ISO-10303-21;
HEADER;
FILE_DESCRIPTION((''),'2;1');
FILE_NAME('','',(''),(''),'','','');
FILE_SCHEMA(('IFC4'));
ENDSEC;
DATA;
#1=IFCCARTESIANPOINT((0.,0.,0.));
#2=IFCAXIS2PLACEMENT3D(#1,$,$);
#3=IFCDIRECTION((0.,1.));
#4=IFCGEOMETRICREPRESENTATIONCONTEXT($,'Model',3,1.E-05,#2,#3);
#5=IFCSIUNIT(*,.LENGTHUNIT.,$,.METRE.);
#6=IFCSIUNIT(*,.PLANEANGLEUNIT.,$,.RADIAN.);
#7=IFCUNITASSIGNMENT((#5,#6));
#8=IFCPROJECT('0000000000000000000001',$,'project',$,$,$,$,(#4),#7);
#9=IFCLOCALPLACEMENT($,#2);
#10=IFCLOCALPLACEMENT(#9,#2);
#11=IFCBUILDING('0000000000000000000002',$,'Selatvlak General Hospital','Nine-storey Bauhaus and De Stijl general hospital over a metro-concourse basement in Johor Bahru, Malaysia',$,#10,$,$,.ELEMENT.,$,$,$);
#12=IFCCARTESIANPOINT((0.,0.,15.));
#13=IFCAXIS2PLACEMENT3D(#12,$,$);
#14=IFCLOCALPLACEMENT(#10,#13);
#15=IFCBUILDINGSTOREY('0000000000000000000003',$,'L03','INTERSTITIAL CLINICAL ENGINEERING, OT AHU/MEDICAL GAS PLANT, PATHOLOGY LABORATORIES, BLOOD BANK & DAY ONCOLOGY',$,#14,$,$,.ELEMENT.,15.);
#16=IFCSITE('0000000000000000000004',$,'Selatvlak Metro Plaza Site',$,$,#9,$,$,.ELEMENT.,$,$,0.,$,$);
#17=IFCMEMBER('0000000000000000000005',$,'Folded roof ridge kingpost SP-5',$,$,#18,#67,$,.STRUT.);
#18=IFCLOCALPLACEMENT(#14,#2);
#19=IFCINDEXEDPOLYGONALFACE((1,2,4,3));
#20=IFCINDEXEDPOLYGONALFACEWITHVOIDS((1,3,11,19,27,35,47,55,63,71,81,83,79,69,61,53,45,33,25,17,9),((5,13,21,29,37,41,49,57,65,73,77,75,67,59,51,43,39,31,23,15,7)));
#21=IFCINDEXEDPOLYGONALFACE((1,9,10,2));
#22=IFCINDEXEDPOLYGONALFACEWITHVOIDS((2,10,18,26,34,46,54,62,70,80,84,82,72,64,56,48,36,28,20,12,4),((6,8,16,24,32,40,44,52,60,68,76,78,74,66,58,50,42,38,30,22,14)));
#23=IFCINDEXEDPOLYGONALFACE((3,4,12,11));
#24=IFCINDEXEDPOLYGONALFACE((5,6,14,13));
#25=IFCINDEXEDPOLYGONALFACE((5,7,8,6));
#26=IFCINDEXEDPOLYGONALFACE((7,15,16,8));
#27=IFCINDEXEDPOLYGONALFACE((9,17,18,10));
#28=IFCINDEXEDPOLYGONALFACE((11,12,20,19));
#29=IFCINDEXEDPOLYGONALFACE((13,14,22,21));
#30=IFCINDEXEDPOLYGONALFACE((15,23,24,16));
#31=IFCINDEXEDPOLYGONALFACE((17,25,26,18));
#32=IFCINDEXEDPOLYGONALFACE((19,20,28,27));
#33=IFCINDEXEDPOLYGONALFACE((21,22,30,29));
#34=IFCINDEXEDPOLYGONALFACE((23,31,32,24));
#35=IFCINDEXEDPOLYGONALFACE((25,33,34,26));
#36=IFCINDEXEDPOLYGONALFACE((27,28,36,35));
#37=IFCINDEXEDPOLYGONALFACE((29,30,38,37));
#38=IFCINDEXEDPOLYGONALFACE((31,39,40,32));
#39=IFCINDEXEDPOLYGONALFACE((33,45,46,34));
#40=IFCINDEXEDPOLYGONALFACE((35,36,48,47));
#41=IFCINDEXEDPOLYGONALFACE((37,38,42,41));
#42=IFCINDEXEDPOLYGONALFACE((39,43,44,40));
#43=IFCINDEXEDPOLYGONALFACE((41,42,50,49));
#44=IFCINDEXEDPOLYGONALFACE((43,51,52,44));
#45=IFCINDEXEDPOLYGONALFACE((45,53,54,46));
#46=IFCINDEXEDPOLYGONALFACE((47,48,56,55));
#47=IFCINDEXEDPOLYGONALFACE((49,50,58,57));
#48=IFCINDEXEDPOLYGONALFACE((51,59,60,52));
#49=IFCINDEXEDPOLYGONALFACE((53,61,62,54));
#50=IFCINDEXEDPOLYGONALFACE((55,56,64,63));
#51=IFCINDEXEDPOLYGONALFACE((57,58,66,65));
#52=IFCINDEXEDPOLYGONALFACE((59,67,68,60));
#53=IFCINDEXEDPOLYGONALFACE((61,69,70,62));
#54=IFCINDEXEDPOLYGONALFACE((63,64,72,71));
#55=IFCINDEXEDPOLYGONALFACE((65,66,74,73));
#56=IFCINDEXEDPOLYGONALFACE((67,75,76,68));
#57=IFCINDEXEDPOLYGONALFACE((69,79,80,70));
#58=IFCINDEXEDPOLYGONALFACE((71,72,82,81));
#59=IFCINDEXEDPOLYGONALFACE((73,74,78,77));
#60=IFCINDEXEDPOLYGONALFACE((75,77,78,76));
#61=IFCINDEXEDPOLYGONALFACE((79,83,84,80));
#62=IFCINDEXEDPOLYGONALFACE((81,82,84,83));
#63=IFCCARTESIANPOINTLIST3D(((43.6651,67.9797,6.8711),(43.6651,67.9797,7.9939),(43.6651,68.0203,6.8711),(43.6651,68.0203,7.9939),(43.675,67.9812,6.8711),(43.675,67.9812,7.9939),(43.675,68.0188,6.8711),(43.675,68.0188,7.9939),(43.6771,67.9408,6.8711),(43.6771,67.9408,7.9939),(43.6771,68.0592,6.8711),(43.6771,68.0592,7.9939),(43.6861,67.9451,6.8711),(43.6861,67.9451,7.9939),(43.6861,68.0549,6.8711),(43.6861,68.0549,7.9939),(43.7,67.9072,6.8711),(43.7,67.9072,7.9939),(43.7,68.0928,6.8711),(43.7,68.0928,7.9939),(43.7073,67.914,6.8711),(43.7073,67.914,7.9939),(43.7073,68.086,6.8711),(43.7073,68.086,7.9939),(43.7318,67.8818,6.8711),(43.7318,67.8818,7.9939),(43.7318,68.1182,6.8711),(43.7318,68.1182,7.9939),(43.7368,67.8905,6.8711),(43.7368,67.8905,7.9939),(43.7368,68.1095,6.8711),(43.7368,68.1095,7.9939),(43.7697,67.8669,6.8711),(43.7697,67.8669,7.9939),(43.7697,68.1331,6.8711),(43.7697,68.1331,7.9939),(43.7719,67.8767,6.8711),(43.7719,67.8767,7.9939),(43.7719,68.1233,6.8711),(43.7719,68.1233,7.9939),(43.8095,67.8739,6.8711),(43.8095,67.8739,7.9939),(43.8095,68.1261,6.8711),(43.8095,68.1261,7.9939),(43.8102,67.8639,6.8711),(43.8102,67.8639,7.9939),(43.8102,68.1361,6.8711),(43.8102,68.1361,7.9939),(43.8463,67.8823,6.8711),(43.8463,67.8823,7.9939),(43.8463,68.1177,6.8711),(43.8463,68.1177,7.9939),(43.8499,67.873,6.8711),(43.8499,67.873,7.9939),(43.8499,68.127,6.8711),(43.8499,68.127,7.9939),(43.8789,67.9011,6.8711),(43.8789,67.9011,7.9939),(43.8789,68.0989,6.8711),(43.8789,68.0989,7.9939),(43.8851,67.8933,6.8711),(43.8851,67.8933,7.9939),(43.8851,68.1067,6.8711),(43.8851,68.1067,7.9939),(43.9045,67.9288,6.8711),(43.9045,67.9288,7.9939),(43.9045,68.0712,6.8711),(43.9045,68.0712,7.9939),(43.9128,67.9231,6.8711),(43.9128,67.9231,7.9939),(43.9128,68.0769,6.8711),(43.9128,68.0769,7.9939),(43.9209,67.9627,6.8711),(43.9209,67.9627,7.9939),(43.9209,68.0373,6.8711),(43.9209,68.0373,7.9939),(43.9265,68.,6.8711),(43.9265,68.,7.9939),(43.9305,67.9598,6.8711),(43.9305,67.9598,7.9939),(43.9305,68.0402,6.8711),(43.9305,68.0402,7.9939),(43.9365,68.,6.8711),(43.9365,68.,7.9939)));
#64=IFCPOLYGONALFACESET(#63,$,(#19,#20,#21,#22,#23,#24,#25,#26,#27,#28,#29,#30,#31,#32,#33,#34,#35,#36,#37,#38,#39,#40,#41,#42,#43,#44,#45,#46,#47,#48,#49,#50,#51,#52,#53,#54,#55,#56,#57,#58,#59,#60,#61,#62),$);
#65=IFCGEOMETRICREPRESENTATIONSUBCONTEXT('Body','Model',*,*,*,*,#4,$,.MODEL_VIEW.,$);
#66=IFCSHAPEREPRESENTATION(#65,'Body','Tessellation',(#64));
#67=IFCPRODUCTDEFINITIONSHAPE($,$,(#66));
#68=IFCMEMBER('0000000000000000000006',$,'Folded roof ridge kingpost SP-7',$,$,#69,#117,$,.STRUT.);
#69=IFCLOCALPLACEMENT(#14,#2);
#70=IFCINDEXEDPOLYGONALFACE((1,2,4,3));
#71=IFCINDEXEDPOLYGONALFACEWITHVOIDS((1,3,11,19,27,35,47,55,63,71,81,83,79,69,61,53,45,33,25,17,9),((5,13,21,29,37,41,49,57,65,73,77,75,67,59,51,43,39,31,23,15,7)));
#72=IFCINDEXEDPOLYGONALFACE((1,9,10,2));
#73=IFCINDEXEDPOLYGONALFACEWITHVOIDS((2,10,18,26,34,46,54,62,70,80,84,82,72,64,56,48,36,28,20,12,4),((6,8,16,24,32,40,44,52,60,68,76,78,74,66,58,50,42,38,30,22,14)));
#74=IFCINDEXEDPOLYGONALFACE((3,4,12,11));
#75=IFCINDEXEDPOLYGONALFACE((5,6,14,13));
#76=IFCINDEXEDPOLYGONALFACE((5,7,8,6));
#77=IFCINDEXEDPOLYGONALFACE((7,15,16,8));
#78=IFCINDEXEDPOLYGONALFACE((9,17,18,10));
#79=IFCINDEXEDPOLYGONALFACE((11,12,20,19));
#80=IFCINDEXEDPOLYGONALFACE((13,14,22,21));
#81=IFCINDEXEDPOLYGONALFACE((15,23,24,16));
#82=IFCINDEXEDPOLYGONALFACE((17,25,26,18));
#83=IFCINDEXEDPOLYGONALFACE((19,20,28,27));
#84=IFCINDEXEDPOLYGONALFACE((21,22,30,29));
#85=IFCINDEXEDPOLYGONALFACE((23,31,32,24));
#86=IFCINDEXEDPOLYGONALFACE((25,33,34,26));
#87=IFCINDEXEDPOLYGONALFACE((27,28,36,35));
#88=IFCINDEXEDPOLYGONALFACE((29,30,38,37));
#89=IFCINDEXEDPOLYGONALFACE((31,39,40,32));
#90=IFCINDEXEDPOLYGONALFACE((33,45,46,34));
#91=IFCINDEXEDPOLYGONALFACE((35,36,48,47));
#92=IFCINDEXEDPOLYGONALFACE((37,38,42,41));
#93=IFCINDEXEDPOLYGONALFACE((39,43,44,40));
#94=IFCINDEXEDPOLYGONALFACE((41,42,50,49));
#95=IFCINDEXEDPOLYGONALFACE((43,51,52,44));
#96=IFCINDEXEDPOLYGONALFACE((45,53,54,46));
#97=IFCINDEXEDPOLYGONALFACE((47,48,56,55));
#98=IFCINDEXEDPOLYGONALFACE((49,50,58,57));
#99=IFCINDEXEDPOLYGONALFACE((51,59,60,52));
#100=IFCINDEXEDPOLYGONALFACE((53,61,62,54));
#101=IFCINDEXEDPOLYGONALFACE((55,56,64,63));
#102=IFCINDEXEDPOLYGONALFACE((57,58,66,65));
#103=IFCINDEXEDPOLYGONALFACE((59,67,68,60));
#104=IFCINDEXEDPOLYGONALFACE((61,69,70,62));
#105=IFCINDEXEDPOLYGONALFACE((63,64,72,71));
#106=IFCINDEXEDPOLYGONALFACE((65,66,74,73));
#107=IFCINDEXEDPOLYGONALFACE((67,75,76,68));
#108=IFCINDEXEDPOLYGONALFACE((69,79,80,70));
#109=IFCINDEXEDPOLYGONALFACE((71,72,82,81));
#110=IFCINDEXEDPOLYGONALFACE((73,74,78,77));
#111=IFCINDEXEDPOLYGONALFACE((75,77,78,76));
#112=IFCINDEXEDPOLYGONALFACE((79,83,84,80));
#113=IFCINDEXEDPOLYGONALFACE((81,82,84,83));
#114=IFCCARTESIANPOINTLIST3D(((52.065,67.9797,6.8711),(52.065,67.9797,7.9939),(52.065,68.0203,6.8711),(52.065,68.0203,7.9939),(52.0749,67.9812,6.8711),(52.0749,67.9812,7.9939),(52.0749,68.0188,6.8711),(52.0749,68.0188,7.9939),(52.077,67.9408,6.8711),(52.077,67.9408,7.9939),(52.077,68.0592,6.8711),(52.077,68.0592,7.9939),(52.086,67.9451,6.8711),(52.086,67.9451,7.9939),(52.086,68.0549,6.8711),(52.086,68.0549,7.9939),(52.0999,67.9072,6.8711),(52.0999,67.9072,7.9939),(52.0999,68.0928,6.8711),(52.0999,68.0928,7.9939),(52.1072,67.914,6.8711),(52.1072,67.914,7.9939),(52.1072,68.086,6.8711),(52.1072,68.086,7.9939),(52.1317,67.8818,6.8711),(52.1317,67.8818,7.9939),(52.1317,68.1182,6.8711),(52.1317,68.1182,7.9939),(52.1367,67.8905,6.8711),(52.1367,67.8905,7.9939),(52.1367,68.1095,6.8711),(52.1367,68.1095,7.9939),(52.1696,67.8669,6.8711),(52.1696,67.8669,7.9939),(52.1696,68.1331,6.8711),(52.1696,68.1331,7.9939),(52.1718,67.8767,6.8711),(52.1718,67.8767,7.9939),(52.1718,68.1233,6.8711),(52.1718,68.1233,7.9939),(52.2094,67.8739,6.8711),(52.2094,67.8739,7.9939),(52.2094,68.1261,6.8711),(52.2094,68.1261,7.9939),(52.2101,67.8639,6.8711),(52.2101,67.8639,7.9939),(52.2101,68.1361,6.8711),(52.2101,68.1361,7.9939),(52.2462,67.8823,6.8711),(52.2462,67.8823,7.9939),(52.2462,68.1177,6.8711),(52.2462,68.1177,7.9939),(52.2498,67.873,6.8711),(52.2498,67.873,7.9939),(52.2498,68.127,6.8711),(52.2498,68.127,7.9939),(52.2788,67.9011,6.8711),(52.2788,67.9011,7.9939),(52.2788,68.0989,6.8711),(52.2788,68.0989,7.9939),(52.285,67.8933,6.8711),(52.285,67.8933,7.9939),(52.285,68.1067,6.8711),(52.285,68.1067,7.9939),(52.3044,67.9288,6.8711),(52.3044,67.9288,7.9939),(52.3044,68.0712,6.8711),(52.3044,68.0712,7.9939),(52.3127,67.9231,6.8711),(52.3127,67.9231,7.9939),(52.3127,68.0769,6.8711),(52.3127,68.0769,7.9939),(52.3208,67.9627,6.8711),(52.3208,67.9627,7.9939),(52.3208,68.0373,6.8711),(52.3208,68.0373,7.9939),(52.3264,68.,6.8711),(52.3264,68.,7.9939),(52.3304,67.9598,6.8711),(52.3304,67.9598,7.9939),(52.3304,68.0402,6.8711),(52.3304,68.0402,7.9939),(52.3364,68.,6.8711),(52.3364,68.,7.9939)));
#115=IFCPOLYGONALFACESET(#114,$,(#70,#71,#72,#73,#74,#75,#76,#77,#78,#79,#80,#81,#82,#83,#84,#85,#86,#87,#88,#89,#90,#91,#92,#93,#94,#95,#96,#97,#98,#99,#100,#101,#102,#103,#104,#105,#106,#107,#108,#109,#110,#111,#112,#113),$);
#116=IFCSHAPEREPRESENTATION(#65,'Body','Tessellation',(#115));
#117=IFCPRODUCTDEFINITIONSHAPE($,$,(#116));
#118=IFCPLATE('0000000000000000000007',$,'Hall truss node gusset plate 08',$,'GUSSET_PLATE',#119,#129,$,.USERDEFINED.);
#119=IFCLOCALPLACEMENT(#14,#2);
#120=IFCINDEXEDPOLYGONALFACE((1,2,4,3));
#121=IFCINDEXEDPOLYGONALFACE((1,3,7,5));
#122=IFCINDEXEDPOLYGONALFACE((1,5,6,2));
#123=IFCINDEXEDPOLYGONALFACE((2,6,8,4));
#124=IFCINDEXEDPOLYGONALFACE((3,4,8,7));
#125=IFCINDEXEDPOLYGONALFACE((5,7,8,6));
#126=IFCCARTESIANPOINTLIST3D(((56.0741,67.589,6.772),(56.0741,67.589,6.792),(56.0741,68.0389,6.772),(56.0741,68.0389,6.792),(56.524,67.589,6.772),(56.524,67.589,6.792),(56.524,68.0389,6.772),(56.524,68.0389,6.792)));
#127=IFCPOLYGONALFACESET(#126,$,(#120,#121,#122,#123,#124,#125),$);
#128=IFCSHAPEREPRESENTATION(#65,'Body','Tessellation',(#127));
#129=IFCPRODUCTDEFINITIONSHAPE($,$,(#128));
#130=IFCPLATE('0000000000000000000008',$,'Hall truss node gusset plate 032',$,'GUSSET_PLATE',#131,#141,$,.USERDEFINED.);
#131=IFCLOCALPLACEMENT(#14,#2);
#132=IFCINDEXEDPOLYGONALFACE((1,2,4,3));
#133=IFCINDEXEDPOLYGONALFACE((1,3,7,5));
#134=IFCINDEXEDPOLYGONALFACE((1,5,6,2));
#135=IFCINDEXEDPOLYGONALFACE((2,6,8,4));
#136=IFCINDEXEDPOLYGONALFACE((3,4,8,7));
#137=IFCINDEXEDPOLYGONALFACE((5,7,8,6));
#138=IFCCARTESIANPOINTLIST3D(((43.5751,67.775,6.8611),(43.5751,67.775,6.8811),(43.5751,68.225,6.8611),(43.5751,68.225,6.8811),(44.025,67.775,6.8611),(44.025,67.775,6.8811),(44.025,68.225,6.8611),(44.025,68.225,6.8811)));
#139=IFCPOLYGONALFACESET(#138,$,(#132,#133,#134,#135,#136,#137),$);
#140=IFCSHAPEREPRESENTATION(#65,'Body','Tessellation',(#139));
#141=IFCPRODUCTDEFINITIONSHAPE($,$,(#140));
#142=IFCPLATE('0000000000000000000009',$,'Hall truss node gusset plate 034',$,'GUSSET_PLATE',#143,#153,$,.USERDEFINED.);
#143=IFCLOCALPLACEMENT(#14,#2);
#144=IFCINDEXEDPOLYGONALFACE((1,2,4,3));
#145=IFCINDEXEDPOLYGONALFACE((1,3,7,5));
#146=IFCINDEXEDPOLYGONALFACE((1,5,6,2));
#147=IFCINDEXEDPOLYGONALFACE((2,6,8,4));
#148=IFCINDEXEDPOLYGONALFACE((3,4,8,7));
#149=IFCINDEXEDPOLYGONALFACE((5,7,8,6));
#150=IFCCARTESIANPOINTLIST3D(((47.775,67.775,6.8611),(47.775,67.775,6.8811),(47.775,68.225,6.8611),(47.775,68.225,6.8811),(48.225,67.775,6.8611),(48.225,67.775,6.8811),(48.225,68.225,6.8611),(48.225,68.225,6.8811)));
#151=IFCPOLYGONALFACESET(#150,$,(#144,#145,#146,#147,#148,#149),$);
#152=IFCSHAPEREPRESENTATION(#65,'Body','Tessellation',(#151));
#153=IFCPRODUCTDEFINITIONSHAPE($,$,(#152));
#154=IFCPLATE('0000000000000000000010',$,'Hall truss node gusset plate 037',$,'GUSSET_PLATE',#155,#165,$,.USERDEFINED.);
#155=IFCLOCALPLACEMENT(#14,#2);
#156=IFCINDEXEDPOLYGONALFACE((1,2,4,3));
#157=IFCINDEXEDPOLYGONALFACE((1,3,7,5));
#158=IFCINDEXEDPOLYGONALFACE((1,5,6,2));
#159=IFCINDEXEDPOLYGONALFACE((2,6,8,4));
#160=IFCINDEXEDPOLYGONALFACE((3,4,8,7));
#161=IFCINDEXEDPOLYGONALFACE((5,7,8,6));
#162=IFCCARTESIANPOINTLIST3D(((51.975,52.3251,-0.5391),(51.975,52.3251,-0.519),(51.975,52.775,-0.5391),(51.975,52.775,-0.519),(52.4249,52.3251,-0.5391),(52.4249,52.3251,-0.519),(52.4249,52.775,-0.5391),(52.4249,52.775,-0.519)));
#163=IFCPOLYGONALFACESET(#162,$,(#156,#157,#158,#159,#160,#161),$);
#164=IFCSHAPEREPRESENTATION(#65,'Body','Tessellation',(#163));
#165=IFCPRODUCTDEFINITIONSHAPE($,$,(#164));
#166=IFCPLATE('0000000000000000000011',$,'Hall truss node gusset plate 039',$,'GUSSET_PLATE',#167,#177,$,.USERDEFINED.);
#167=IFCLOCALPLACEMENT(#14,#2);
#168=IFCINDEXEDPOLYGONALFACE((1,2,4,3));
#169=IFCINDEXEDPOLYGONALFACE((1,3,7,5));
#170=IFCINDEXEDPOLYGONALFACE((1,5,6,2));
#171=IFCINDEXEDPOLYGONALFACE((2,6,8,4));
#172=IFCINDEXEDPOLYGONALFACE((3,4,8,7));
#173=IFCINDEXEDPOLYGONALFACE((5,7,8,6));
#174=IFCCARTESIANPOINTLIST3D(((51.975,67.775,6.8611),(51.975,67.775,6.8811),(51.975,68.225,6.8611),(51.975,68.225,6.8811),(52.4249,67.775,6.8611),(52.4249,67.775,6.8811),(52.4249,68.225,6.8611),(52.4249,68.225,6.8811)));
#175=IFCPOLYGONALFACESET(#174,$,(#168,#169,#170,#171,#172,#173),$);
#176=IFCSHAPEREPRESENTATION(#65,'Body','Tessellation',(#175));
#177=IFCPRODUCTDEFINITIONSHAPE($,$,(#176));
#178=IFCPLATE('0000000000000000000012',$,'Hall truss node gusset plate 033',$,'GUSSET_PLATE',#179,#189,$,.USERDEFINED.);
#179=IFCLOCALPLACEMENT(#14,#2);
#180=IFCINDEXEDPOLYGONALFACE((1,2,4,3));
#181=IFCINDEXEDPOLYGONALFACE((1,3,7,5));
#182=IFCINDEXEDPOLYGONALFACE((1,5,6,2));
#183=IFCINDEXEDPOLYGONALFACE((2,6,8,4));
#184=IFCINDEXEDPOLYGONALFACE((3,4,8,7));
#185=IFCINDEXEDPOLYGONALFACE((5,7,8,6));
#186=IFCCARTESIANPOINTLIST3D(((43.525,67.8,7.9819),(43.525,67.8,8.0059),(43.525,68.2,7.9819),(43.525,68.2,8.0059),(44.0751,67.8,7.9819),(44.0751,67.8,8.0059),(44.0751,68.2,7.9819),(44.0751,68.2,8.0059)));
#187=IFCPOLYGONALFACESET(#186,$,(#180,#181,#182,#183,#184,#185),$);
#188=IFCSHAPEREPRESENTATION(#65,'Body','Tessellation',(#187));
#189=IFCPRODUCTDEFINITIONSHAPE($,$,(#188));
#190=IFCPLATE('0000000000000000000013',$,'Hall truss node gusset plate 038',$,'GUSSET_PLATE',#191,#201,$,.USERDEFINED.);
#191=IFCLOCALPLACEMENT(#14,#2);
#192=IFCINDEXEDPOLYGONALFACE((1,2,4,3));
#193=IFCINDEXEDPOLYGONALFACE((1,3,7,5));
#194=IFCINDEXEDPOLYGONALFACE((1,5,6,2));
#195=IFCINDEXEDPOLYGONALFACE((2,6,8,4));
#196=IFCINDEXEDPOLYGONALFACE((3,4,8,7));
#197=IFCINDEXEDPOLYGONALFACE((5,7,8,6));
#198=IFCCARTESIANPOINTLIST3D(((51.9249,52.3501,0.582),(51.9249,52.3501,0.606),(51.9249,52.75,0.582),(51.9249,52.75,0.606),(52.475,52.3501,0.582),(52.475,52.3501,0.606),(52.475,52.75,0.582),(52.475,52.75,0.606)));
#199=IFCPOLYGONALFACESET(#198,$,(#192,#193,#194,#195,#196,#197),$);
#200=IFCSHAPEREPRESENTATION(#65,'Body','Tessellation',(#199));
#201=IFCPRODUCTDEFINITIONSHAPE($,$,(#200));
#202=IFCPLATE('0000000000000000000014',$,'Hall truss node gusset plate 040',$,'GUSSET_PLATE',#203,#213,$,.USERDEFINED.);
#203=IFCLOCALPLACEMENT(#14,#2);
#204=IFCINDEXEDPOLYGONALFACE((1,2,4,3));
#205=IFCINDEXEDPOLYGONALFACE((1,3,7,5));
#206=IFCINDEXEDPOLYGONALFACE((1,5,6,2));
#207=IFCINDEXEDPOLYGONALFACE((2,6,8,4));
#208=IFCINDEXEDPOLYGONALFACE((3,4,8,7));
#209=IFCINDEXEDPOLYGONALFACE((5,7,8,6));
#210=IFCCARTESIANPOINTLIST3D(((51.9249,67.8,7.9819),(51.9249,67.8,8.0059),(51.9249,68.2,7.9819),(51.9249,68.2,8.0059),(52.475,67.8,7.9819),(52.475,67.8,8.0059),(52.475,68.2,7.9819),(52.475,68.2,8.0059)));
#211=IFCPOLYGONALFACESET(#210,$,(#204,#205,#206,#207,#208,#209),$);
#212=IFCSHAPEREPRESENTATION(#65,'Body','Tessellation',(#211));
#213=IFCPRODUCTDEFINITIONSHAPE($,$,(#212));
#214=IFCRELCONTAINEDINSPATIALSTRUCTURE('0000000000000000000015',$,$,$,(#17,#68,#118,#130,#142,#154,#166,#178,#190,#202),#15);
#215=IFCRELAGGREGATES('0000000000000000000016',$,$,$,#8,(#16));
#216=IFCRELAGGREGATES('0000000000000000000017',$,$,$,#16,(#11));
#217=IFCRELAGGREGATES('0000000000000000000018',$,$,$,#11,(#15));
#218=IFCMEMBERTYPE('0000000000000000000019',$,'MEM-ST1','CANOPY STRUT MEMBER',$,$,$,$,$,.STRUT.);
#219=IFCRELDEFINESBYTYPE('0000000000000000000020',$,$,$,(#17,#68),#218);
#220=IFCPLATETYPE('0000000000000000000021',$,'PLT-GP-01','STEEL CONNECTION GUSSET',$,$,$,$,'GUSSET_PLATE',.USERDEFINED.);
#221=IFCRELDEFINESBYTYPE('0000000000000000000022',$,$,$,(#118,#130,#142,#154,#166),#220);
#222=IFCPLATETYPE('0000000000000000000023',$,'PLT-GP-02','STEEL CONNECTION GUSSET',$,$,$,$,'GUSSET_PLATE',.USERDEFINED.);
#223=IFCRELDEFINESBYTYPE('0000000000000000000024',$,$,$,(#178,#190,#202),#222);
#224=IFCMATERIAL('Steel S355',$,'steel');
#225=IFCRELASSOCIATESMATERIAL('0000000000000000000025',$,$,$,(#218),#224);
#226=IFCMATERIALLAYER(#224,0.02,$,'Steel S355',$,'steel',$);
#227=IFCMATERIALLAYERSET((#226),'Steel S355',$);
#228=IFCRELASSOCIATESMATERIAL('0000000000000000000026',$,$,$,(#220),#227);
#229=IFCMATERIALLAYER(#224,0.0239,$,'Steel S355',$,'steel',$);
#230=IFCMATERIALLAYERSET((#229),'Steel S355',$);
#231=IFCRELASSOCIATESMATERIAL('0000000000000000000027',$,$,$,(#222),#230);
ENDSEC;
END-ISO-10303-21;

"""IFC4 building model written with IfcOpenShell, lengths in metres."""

from ifc_helpers import new_model, si_unit, direction, frame, origin, origin_2d, place, context, subcontext, project, spatial, rectangle, hollow_circle, extrude, material, layer, layer_set, material_profile, profile_set, type_object, element, save


model = new_model("IFC4")

# Units and contexts
model_context = context("Model", 3, precision=1e-05, world=origin(), true_north=direction((0.0, 1.0)))
body_context = subcontext(model_context, "Body", "Model", "MODEL_VIEW")
ifc_project = project(units=[si_unit("LENGTHUNIT", "METRE"), si_unit("PLANEANGLEUNIT", "RADIAN")], contexts=[model_context])

# Site, building, storey
site_placement = place(None, origin())
site = spatial("IfcSite", under=ifc_project, at=site_placement, Name="Selatvlak Metro Plaza Site", CompositionType="ELEMENT", RefElevation=0.0)
building_placement = place(site_placement, origin())
building = spatial("IfcBuilding", under=site, at=building_placement, Name="Selatvlak General Hospital", Description="Nine-storey Bauhaus and De Stijl general hospital over a metro-concourse basement in Johor Bahru, Malaysia", CompositionType="ELEMENT")
storey_placement = place(building_placement, frame((0.0, 0.0, 15.0)))
storey = spatial("IfcBuildingStorey", under=building, at=storey_placement, Name="L03", Description="INTERSTITIAL CLINICAL ENGINEERING, OT AHU/MEDICAL GAS PLANT, PATHOLOGY LABORATORIES, BLOOD BANK & DAY ONCOLOGY", CompositionType="ELEMENT", Elevation=15.0)

# Shared definitions
ifc_material = material(Name="Steel S355", Category="steel")

# Members
ifc_material_profile_1 = material_profile(ifc_material, hollow_circle(Radius=0.1365, WallThickness=0.01, at=origin_2d()), Name="CHS 273.0x10")
ifc_profile_set_1 = profile_set([ifc_material_profile_1], Name="Steel S355")
member_type_1 = type_object("IfcMemberType", Name="MEM-ST1", Description="CANOPY STRUT MEMBER", PredefinedType="STRUT", material=ifc_profile_set_1)
for number, where, z_axis, x_axis, name in (
    (1, (43.8, 68.0, 6.8711), (0.0, 0.0, 1.0), (1.0, 0.0, 0.0), "Folded roof ridge kingpost SP-5"),
    (2, (52.2, 68.0, 6.8711), (0.0, 0.0, 1.0), (1.0, 0.0, 0.0), "Folded roof ridge kingpost SP-7"),
):
    element("IfcMember", number, at=place(storey_placement, frame(where, z_axis=z_axis, x_axis=x_axis)), inside=storey, type_object=member_type_1, Name=name, PredefinedType="STRUT", context=body_context, shape_type="SweptSolid", body=[
        extrude(hollow_circle(Radius=0.1365, WallThickness=0.01, at=origin_2d()), origin(), (0.0, 0.0, 1.0), 1.1228),
    ])

# Plates
ifc_layer_1 = layer(ifc_material, 0.02, Name="Steel S355", Category="steel")
ifc_layer_set_1 = layer_set([ifc_layer_1], Name="Steel S355")
plate_type_1 = type_object("IfcPlateType", Name="PLT-GP-01", Description="STEEL CONNECTION GUSSET", ElementType="GUSSET_PLATE", PredefinedType="USERDEFINED", material=ifc_layer_set_1)
for number, where, z_axis, x_axis, name in (
    (3, (56.2991, 67.814, 6.772), (0.0, 0.0, 1.0), (1.0, 0.0, 0.0), "Hall truss node gusset plate 08"),
    (4, (43.8, 68.0, 6.8611), (0.0, 0.0, 1.0), (1.0, 0.0, 0.0), "Hall truss node gusset plate 032"),
    (5, (48.0, 68.0, 6.8611), (0.0, 0.0, 1.0), (1.0, 0.0, 0.0), "Hall truss node gusset plate 034"),
    (6, (52.2, 52.55, -0.5391), (0.0, 0.0, 1.0), (1.0, 0.0, 0.0), "Hall truss node gusset plate 037"),
    (7, (52.2, 68.0, 6.8611), (0.0, 0.0, 1.0), (1.0, 0.0, 0.0), "Hall truss node gusset plate 039"),
):
    element("IfcPlate", number, at=place(storey_placement, frame(where, z_axis=z_axis, x_axis=x_axis)), inside=storey, type_object=plate_type_1, Name=name, ObjectType="GUSSET_PLATE", PredefinedType="USERDEFINED", context=body_context, shape_type="SweptSolid", body=[
        extrude(rectangle(XDim=0.45, YDim=0.45, at=origin_2d()), origin(), (0.0, 0.0, 1.0), 0.02),
    ])
ifc_layer_2 = layer(ifc_material, 0.0239, Name="Steel S355", Category="steel")
ifc_layer_set_2 = layer_set([ifc_layer_2], Name="Steel S355")
plate_type_2 = type_object("IfcPlateType", Name="PLT-GP-02", Description="STEEL CONNECTION GUSSET", ElementType="GUSSET_PLATE", PredefinedType="USERDEFINED", material=ifc_layer_set_2)
for number, where, z_axis, x_axis, name in (
    (8, (43.8, 68.0, 7.9819), (0.0, 0.0, 1.0), (1.0, 0.0, 0.0), "Hall truss node gusset plate 033"),
    (9, (52.2, 52.55, 0.582), (0.0, 0.0, 1.0), (1.0, 0.0, 0.0), "Hall truss node gusset plate 038"),
    (10, (52.2, 68.0, 7.9819), (0.0, 0.0, 1.0), (1.0, 0.0, 0.0), "Hall truss node gusset plate 040"),
):
    element("IfcPlate", number, at=place(storey_placement, frame(where, z_axis=z_axis, x_axis=x_axis)), inside=storey, type_object=plate_type_2, Name=name, ObjectType="GUSSET_PLATE", PredefinedType="USERDEFINED", context=body_context, shape_type="SweptSolid", body=[
        extrude(rectangle(XDim=0.55, YDim=0.3999, at=origin_2d()), origin(), (0.0, 0.0, 1.0), 0.0239),
    ])

save(model, "model.ifc")
